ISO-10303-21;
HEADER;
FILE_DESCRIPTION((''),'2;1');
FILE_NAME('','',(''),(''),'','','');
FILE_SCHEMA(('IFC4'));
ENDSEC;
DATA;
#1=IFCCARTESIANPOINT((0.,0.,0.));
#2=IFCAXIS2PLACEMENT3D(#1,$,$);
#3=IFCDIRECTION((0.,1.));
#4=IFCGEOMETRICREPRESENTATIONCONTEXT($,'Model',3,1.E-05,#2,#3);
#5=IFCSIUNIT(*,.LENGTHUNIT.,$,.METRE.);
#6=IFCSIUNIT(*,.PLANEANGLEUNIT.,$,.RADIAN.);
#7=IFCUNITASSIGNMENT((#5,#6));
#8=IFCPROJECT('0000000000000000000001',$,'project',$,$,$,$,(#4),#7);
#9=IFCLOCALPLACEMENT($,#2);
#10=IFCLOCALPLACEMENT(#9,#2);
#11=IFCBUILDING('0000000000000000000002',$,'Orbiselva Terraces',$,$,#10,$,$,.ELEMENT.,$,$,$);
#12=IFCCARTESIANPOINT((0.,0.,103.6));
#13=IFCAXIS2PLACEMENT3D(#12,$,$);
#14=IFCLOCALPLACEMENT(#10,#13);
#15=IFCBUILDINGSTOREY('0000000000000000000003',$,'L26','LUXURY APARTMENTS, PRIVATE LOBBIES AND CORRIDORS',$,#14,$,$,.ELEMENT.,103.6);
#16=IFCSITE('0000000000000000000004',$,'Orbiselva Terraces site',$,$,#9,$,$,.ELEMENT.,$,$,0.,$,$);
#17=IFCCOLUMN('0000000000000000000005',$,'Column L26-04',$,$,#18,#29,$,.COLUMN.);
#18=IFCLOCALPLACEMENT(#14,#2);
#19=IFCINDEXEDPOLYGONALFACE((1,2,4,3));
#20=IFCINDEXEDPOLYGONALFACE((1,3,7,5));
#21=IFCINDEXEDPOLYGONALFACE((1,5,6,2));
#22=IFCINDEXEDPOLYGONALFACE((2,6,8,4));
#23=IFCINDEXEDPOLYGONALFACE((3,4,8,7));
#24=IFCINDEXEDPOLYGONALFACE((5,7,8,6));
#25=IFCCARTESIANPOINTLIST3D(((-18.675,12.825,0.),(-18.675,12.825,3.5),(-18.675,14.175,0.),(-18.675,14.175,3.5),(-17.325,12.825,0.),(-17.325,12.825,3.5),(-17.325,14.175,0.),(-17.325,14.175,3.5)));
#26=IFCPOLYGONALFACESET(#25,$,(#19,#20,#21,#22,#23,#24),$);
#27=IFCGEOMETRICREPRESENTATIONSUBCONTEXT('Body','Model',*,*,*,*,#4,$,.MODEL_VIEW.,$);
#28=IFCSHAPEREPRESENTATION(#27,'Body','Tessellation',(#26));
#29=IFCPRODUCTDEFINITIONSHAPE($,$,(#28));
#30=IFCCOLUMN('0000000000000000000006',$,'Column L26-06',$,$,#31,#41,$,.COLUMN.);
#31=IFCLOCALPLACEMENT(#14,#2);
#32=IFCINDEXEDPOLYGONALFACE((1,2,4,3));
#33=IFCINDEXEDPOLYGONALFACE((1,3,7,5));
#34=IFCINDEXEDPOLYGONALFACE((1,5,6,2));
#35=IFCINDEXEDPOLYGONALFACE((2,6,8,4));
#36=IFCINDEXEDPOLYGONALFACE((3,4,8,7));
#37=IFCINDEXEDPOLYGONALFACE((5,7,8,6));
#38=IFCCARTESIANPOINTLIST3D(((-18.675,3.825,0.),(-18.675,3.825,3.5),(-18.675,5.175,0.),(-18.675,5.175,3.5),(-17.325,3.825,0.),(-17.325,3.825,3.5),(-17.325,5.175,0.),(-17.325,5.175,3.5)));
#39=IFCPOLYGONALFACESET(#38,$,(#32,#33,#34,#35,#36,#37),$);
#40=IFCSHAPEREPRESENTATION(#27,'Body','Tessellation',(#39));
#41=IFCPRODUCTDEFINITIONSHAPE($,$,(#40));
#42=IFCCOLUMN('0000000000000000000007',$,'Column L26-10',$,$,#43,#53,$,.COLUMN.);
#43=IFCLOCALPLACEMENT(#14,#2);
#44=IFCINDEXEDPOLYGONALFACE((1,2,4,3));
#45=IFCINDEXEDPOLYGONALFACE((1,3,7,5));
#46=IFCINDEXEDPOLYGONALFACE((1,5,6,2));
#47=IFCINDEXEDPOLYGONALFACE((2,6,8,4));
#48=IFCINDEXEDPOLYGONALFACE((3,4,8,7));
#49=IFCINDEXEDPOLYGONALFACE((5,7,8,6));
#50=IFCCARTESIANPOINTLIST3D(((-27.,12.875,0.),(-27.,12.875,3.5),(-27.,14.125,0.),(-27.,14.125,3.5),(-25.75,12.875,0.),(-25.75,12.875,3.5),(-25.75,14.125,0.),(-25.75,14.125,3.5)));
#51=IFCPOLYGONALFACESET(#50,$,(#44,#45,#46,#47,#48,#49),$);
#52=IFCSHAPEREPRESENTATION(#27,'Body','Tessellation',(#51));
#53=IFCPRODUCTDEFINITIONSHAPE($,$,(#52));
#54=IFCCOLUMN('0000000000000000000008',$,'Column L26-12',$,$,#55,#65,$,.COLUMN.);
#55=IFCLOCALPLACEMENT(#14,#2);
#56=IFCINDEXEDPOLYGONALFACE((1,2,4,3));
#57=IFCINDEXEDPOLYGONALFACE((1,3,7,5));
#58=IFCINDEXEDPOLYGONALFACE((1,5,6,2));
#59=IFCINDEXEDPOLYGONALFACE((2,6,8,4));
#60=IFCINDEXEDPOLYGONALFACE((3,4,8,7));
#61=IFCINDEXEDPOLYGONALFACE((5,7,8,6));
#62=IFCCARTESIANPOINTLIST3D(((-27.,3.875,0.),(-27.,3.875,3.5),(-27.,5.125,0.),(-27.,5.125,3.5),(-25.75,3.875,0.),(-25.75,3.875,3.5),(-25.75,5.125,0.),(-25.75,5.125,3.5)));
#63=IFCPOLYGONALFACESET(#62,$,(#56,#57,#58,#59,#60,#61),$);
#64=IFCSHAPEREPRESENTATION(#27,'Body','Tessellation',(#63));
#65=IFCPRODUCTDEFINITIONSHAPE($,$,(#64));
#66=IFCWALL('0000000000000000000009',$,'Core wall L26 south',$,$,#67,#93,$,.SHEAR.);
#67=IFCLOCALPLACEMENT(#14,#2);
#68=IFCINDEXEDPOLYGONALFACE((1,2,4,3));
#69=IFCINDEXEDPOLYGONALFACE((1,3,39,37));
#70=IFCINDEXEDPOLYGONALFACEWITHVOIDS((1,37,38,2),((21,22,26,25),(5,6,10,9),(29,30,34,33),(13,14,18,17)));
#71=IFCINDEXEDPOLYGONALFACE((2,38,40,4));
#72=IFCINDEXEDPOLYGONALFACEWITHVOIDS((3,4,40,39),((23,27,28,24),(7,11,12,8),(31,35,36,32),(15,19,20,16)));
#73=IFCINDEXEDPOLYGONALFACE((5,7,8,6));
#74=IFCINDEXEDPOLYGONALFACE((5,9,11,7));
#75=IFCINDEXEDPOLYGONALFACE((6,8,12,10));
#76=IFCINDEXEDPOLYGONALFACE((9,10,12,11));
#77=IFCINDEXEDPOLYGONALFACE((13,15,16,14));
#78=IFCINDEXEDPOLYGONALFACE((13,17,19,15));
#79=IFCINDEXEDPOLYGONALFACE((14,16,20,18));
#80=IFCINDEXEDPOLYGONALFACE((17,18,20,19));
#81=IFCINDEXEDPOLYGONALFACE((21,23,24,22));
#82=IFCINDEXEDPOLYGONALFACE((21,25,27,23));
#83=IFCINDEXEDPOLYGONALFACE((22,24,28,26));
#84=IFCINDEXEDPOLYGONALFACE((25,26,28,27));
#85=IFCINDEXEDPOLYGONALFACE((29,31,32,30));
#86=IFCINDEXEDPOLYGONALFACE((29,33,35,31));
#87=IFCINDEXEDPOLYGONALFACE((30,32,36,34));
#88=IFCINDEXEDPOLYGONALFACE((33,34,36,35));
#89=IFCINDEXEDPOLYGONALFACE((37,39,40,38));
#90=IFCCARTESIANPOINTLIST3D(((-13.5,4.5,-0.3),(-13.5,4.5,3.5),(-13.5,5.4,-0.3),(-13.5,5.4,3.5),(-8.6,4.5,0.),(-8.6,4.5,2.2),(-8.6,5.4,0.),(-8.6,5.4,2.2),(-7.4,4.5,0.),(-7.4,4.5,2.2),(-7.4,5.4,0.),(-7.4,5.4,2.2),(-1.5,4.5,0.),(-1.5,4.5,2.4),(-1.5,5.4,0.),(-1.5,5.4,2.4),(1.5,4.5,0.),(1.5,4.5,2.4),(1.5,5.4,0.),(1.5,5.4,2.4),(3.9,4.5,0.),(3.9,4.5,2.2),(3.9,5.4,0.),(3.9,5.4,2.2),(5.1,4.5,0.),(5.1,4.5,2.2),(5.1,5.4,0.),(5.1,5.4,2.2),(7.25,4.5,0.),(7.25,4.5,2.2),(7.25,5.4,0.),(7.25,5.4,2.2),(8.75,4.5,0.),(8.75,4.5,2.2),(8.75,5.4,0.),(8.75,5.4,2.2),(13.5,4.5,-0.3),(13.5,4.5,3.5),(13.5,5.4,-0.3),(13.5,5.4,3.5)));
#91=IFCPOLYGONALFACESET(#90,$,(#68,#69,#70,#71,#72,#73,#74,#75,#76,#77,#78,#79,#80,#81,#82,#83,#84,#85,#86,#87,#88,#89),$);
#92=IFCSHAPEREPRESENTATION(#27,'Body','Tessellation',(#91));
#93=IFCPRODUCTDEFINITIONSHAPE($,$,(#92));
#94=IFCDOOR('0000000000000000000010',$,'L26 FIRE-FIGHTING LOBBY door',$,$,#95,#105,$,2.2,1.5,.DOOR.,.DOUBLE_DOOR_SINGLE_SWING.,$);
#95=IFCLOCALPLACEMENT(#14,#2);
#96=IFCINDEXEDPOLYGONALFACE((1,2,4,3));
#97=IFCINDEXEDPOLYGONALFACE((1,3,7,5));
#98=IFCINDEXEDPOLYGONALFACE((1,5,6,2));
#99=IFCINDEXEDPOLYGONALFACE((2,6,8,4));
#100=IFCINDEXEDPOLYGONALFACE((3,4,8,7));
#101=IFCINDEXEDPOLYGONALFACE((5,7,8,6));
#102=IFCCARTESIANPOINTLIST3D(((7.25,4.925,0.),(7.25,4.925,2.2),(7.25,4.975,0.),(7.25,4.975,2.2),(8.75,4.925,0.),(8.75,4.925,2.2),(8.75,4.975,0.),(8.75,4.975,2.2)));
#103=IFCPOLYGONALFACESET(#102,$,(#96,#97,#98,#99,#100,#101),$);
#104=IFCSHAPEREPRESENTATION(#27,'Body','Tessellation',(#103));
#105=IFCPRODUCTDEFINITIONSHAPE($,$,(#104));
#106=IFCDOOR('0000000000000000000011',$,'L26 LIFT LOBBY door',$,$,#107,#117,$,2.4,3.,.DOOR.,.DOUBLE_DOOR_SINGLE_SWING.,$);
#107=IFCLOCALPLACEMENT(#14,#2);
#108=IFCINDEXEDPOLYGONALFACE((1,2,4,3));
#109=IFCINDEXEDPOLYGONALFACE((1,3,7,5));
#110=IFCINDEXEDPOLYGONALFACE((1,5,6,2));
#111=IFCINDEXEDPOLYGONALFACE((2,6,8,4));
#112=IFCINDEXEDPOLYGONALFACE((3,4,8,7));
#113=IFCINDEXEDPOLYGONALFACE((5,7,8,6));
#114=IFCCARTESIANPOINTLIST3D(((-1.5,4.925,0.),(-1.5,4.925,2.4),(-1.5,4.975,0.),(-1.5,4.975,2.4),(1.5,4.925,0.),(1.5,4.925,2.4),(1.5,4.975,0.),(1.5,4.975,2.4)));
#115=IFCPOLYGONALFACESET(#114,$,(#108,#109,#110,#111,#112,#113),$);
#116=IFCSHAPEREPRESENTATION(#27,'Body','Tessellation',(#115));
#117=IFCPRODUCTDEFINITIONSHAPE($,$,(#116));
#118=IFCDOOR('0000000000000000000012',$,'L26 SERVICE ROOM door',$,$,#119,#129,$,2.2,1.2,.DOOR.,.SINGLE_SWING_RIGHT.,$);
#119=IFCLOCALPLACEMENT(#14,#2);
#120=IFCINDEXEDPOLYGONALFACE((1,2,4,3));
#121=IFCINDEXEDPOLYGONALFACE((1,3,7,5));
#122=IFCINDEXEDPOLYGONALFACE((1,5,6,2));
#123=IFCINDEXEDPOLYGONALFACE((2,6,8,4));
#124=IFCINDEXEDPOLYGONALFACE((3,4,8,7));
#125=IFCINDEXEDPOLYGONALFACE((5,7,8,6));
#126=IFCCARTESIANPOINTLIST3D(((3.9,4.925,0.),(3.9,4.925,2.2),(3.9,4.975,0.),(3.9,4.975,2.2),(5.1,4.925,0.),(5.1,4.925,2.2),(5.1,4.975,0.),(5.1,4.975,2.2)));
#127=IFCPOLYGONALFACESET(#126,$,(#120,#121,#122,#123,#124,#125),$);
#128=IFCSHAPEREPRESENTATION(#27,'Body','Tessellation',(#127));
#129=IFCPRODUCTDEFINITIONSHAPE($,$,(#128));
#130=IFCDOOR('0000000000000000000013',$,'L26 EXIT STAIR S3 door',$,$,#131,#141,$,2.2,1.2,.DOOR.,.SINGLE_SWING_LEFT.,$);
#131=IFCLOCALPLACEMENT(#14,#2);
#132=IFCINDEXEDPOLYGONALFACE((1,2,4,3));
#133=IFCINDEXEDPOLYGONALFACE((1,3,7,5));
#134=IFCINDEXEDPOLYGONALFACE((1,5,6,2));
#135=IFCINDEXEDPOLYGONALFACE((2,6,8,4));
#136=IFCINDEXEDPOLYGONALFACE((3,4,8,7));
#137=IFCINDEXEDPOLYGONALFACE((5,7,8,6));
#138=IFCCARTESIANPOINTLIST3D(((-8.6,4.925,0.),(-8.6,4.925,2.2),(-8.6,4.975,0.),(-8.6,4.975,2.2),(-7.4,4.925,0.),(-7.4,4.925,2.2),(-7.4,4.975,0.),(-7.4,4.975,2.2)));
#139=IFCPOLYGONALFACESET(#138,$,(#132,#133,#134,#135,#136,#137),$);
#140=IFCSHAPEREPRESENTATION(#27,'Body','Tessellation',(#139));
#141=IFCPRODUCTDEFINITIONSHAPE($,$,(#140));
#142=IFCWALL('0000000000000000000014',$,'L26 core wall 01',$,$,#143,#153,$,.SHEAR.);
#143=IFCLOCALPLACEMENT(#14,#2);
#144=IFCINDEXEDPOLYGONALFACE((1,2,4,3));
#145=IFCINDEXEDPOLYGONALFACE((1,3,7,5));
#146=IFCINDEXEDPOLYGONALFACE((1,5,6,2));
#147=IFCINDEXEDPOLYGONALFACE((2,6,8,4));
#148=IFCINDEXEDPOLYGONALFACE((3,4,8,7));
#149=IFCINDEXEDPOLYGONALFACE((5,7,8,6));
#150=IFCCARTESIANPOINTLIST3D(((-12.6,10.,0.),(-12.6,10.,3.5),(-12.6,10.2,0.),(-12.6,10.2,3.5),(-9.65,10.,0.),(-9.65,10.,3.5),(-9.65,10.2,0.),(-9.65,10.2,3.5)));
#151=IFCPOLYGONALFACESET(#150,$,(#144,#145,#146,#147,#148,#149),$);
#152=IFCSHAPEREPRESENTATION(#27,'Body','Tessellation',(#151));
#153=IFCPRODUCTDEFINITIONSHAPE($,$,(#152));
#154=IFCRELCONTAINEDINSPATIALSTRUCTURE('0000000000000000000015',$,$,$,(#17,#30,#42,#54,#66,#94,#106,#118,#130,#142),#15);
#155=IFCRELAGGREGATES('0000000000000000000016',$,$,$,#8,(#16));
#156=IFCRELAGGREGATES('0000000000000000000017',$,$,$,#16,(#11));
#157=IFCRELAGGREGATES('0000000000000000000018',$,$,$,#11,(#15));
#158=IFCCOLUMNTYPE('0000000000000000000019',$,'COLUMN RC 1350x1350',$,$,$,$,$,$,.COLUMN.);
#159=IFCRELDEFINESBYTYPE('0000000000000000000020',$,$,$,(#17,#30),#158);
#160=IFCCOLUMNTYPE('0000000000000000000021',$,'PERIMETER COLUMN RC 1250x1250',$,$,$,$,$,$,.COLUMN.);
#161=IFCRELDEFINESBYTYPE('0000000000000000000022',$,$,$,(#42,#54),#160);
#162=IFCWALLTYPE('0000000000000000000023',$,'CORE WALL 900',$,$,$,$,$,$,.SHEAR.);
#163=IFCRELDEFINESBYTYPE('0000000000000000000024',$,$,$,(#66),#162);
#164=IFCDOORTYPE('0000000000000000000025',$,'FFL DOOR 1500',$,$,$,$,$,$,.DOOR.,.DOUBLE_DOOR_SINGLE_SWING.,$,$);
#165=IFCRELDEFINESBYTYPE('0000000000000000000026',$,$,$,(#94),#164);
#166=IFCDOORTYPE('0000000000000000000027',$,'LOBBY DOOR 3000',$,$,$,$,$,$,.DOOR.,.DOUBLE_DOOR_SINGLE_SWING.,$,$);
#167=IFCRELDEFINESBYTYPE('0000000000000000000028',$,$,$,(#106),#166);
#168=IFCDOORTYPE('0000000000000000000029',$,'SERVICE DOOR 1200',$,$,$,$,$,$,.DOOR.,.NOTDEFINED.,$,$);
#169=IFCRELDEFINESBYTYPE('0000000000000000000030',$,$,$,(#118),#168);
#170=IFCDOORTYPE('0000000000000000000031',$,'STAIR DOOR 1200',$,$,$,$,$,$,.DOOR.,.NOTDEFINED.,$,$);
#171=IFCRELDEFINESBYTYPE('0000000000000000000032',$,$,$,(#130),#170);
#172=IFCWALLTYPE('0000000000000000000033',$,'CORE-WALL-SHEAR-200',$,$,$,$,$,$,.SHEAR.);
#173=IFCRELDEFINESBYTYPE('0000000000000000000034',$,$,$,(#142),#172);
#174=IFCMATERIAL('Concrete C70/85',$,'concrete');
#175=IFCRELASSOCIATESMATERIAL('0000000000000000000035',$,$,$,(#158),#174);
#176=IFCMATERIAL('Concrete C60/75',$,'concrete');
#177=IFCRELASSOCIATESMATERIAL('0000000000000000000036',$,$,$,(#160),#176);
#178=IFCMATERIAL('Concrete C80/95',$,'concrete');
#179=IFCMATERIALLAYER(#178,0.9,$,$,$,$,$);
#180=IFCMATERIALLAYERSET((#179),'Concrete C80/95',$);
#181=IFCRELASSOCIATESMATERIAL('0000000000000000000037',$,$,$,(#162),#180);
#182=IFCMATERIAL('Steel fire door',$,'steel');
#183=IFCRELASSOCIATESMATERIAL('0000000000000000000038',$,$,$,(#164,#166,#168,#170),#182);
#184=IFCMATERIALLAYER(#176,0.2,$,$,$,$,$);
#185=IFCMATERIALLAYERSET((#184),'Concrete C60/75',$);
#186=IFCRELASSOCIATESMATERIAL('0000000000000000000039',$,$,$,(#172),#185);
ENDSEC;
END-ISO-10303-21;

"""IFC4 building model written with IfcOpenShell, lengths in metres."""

from ifc_helpers import new_model, si_unit, direction, frame, frame_2d, origin, origin_2d, place, context, subcontext, project, spatial, rectangle, extrude, material, layer, layer_set, material_profile, profile_set, type_object, element, fill, save


model = new_model("IFC4")

# Units and contexts
model_context = context("Model", 3, precision=1e-05, world=origin(), true_north=direction((0.0, 1.0)))
body_context = subcontext(model_context, "Body", "Model", "MODEL_VIEW")
ifc_project = project(units=[si_unit("LENGTHUNIT", "METRE"), si_unit("PLANEANGLEUNIT", "RADIAN")], contexts=[model_context])

# Site, building, storey
site_placement = place(None, origin())
site = spatial("IfcSite", under=ifc_project, at=site_placement, Name="Orbiselva Terraces site", CompositionType="ELEMENT", RefElevation=0.0)
building_placement = place(site_placement, origin())
building = spatial("IfcBuilding", under=site, at=building_placement, Name="Orbiselva Terraces", CompositionType="ELEMENT")
storey_placement = place(building_placement, frame((0.0, 0.0, 103.6)))
storey = spatial("IfcBuildingStorey", under=building, at=storey_placement, Name="L26", Description="LUXURY APARTMENTS, PRIVATE LOBBIES AND CORRIDORS", CompositionType="ELEMENT", Elevation=103.6)

# Columns
ifc_material_1 = material(Name="Concrete C70/85", Category="concrete")
ifc_material_profile_1 = material_profile(ifc_material_1, rectangle(XDim=1.35, YDim=1.35, at=origin_2d()), Name="RC 1350x1350")
ifc_profile_set_1 = profile_set([ifc_material_profile_1], Name="Concrete C70/85")
column_type_1 = type_object("IfcColumnType", Name="COLUMN RC 1350x1350", PredefinedType="COLUMN", material=ifc_profile_set_1)
for number, where, z_axis, x_axis, name in (
    (1, (-18.0, 13.5, 0.0), (0.0, 0.0, 1.0), (1.0, 0.0, 0.0), "Column L26-04"),
    (2, (-18.0, 4.5, 0.0), (0.0, 0.0, 1.0), (1.0, 0.0, 0.0), "Column L26-06"),
):
    element("IfcColumn", number, at=place(storey_placement, frame(where, z_axis=z_axis, x_axis=x_axis)), inside=storey, type_object=column_type_1, Name=name, PredefinedType="COLUMN", context=body_context, shape_type="SweptSolid", body=[
        extrude(rectangle(XDim=1.35, YDim=1.35, at=origin_2d()), origin(), (0.0, 0.0, 1.0), 3.5),
    ])
ifc_material_2 = material(Name="Concrete C60/75", Category="concrete")
ifc_material_profile_2 = material_profile(ifc_material_2, rectangle(XDim=1.25, YDim=1.25, at=origin_2d()), Name="RC 1250x1250")
ifc_profile_set_2 = profile_set([ifc_material_profile_2], Name="Concrete C60/75")
column_type_2 = type_object("IfcColumnType", Name="PERIMETER COLUMN RC 1250x1250", PredefinedType="COLUMN", material=ifc_profile_set_2)
for number, where, z_axis, x_axis, name in (
    (3, (-26.375, 13.5, 0.0), (0.0, 0.0, 1.0), (1.0, 0.0, 0.0), "Column L26-10"),
    (4, (-26.375, 4.5, 0.0), (0.0, 0.0, 1.0), (1.0, 0.0, 0.0), "Column L26-12"),
):
    element("IfcColumn", number, at=place(storey_placement, frame(where, z_axis=z_axis, x_axis=x_axis)), inside=storey, type_object=column_type_2, Name=name, PredefinedType="COLUMN", context=body_context, shape_type="SweptSolid", body=[
        extrude(rectangle(XDim=1.25, YDim=1.25, at=origin_2d()), origin(), (0.0, 0.0, 1.0), 3.5),
    ])

# Wall, openings, doors
ifc_material_3 = material(Name="Concrete C80/95", Category="concrete")
ifc_layer_1 = layer(ifc_material_3, 0.9)
ifc_layer_set_1 = layer_set([ifc_layer_1], Name="Concrete C80/95")
wall_type_1 = type_object("IfcWallType", Name="CORE WALL 900", PredefinedType="SHEAR", material=ifc_layer_set_1)
wall_1_placement = place(storey_placement, frame((-13.5, 4.95, -0.3), z_axis=(0.0, 0.0, 1.0), x_axis=(1.0, 0.0, 0.0)))
wall_1 = element("IfcWall", 5, at=wall_1_placement, inside=storey, type_object=wall_type_1, Name="Core wall L26 south", PredefinedType="SHEAR", context=body_context, shape_type="SweptSolid", body=[
    extrude(rectangle(XDim=27.0, YDim=0.9, at=frame_2d((13.5, 0.0))), origin(), (0.0, 0.0, 1.0), 3.8),
])
opening_1_placement = place(wall_1_placement, frame((12.0, 0.0, 0.3)))
opening_1 = element("IfcOpeningElement", 6, at=opening_1_placement, cuts=wall_1, PredefinedType="OPENING", context=body_context, shape_type="SweptSolid", body=[
    extrude(rectangle(XDim=3.0, YDim=2.4, at=frame_2d((1.5, 1.2))), frame((0.0, 0.46, 0.0), z_axis=(0.0, -1.0, 0.0), x_axis=(1.0, 0.0, 0.0)), (0.0, 0.0, 1.0), 0.92),
])
opening_2_placement = place(wall_1_placement, frame((4.9, 0.0, 0.3)))
opening_2 = element("IfcOpeningElement", 7, at=opening_2_placement, cuts=wall_1, PredefinedType="OPENING", context=body_context, shape_type="SweptSolid", body=[
    extrude(rectangle(XDim=1.2, YDim=2.2, at=frame_2d((0.6, 1.1))), frame((0.0, 0.46, 0.0), z_axis=(0.0, -1.0, 0.0), x_axis=(1.0, 0.0, 0.0)), (0.0, 0.0, 1.0), 0.92),
])
opening_3_placement = place(wall_1_placement, frame((20.75, 0.0, 0.3)))
opening_3 = element("IfcOpeningElement", 8, at=opening_3_placement, cuts=wall_1, PredefinedType="OPENING", context=body_context, shape_type="SweptSolid", body=[
    extrude(rectangle(XDim=1.5, YDim=2.2, at=frame_2d((0.75, 1.1))), frame((0.0, 0.46, 0.0), z_axis=(0.0, -1.0, 0.0), x_axis=(1.0, 0.0, 0.0)), (0.0, 0.0, 1.0), 0.92),
])
opening_4_placement = place(wall_1_placement, frame((17.4, 0.0, 0.3)))
opening_4 = element("IfcOpeningElement", 9, at=opening_4_placement, cuts=wall_1, PredefinedType="OPENING", context=body_context, shape_type="SweptSolid", body=[
    extrude(rectangle(XDim=1.2, YDim=2.2, at=frame_2d((0.6, 1.1))), frame((0.0, 0.46, 0.0), z_axis=(0.0, -1.0, 0.0), x_axis=(1.0, 0.0, 0.0)), (0.0, 0.0, 1.0), 0.92),
])
ifc_material_4 = material(Name="Steel fire door", Category="steel")
door_type_1 = type_object("IfcDoorType", Name="FFL DOOR 1500", OperationType="DOUBLE_DOOR_SINGLE_SWING", PredefinedType="DOOR", material=ifc_material_4)
door_1_placement = place(opening_3_placement, frame((1.5, 0.0, 0.0), z_axis=(0.0, 0.0, 1.0), x_axis=(-1.0, 0.0, 0.0)))
door_1 = element("IfcDoor", 10, at=door_1_placement, inside=storey, type_object=door_type_1, Name="L26 FIRE-FIGHTING LOBBY door", OperationType="DOUBLE_DOOR_SINGLE_SWING", OverallHeight=2.2, OverallWidth=1.5, PredefinedType="DOOR", context=body_context, shape_type="SweptSolid", body=[
    extrude(rectangle(XDim=1.5, YDim=2.2, at=frame_2d((0.75, 1.1))), frame((0.0, 0.025, 0.0), z_axis=(0.0, -1.0, 0.0), x_axis=(1.0, 0.0, 0.0)), (0.0, 0.0, 1.0), 0.05),
])
fill(opening_3, door_1)
door_type_2 = type_object("IfcDoorType", Name="LOBBY DOOR 3000", OperationType="DOUBLE_DOOR_SINGLE_SWING", PredefinedType="DOOR", material=ifc_material_4)
door_2_placement = place(opening_1_placement, frame((3.0, 0.0, 0.0), z_axis=(0.0, 0.0, 1.0), x_axis=(-1.0, 0.0, 0.0)))
door_2 = element("IfcDoor", 11, at=door_2_placement, inside=storey, type_object=door_type_2, Name="L26 LIFT LOBBY door", OperationType="DOUBLE_DOOR_SINGLE_SWING", OverallHeight=2.4, OverallWidth=3.0, PredefinedType="DOOR", context=body_context, shape_type="SweptSolid", body=[
    extrude(rectangle(XDim=3.0, YDim=2.4, at=frame_2d((1.5, 1.2))), frame((0.0, 0.025, 0.0), z_axis=(0.0, -1.0, 0.0), x_axis=(1.0, 0.0, 0.0)), (0.0, 0.0, 1.0), 0.05),
])
fill(opening_1, door_2)
door_type_3 = type_object("IfcDoorType", Name="SERVICE DOOR 1200", OperationType="NOTDEFINED", PredefinedType="DOOR", material=ifc_material_4)
door_3_placement = place(opening_4_placement, frame((1.2, 0.0, 0.0), z_axis=(0.0, 0.0, 1.0), x_axis=(-1.0, 0.0, 0.0)))
door_3 = element("IfcDoor", 12, at=door_3_placement, inside=storey, type_object=door_type_3, Name="L26 SERVICE ROOM door", OperationType="SINGLE_SWING_RIGHT", OverallHeight=2.2, OverallWidth=1.2, PredefinedType="DOOR", context=body_context, shape_type="SweptSolid", body=[
    extrude(rectangle(XDim=1.2, YDim=2.2, at=frame_2d((0.6, 1.1))), frame((0.0, 0.025, 0.0), z_axis=(0.0, -1.0, 0.0), x_axis=(1.0, 0.0, 0.0)), (0.0, 0.0, 1.0), 0.05),
])
fill(opening_4, door_3)
door_type_4 = type_object("IfcDoorType", Name="STAIR DOOR 1200", OperationType="NOTDEFINED", PredefinedType="DOOR", material=ifc_material_4)
door_4_placement = place(opening_2_placement, frame((1.2, 0.0, 0.0), z_axis=(0.0, 0.0, 1.0), x_axis=(-1.0, 0.0, 0.0)))
door_4 = element("IfcDoor", 13, at=door_4_placement, inside=storey, type_object=door_type_4, Name="L26 EXIT STAIR S3 door", OperationType="SINGLE_SWING_LEFT", OverallHeight=2.2, OverallWidth=1.2, PredefinedType="DOOR", context=body_context, shape_type="SweptSolid", body=[
    extrude(rectangle(XDim=1.2, YDim=2.2, at=frame_2d((0.6, 1.1))), frame((0.0, 0.025, 0.0), z_axis=(0.0, -1.0, 0.0), x_axis=(1.0, 0.0, 0.0)), (0.0, 0.0, 1.0), 0.05),
])
fill(opening_2, door_4)

# Wall
ifc_layer_2 = layer(ifc_material_2, 0.2)
ifc_layer_set_2 = layer_set([ifc_layer_2], Name="Concrete C60/75")
wall_type_2 = type_object("IfcWallType", Name="CORE-WALL-SHEAR-200", PredefinedType="SHEAR", material=ifc_layer_set_2)
wall_2_placement = place(storey_placement, frame((-12.6, 10.1, 0.0), z_axis=(0.0, 0.0, 1.0), x_axis=(1.0, 0.0, 0.0)))
element("IfcWall", 14, at=wall_2_placement, inside=storey, type_object=wall_type_2, Name="L26 core wall 01", PredefinedType="SHEAR", context=body_context, shape_type="SweptSolid", body=[
    extrude(rectangle(XDim=2.95, YDim=0.2, at=frame_2d((1.475, 0.0))), origin(), (0.0, 0.0, 1.0), 3.5),
])

save(model, "model.ifc")
